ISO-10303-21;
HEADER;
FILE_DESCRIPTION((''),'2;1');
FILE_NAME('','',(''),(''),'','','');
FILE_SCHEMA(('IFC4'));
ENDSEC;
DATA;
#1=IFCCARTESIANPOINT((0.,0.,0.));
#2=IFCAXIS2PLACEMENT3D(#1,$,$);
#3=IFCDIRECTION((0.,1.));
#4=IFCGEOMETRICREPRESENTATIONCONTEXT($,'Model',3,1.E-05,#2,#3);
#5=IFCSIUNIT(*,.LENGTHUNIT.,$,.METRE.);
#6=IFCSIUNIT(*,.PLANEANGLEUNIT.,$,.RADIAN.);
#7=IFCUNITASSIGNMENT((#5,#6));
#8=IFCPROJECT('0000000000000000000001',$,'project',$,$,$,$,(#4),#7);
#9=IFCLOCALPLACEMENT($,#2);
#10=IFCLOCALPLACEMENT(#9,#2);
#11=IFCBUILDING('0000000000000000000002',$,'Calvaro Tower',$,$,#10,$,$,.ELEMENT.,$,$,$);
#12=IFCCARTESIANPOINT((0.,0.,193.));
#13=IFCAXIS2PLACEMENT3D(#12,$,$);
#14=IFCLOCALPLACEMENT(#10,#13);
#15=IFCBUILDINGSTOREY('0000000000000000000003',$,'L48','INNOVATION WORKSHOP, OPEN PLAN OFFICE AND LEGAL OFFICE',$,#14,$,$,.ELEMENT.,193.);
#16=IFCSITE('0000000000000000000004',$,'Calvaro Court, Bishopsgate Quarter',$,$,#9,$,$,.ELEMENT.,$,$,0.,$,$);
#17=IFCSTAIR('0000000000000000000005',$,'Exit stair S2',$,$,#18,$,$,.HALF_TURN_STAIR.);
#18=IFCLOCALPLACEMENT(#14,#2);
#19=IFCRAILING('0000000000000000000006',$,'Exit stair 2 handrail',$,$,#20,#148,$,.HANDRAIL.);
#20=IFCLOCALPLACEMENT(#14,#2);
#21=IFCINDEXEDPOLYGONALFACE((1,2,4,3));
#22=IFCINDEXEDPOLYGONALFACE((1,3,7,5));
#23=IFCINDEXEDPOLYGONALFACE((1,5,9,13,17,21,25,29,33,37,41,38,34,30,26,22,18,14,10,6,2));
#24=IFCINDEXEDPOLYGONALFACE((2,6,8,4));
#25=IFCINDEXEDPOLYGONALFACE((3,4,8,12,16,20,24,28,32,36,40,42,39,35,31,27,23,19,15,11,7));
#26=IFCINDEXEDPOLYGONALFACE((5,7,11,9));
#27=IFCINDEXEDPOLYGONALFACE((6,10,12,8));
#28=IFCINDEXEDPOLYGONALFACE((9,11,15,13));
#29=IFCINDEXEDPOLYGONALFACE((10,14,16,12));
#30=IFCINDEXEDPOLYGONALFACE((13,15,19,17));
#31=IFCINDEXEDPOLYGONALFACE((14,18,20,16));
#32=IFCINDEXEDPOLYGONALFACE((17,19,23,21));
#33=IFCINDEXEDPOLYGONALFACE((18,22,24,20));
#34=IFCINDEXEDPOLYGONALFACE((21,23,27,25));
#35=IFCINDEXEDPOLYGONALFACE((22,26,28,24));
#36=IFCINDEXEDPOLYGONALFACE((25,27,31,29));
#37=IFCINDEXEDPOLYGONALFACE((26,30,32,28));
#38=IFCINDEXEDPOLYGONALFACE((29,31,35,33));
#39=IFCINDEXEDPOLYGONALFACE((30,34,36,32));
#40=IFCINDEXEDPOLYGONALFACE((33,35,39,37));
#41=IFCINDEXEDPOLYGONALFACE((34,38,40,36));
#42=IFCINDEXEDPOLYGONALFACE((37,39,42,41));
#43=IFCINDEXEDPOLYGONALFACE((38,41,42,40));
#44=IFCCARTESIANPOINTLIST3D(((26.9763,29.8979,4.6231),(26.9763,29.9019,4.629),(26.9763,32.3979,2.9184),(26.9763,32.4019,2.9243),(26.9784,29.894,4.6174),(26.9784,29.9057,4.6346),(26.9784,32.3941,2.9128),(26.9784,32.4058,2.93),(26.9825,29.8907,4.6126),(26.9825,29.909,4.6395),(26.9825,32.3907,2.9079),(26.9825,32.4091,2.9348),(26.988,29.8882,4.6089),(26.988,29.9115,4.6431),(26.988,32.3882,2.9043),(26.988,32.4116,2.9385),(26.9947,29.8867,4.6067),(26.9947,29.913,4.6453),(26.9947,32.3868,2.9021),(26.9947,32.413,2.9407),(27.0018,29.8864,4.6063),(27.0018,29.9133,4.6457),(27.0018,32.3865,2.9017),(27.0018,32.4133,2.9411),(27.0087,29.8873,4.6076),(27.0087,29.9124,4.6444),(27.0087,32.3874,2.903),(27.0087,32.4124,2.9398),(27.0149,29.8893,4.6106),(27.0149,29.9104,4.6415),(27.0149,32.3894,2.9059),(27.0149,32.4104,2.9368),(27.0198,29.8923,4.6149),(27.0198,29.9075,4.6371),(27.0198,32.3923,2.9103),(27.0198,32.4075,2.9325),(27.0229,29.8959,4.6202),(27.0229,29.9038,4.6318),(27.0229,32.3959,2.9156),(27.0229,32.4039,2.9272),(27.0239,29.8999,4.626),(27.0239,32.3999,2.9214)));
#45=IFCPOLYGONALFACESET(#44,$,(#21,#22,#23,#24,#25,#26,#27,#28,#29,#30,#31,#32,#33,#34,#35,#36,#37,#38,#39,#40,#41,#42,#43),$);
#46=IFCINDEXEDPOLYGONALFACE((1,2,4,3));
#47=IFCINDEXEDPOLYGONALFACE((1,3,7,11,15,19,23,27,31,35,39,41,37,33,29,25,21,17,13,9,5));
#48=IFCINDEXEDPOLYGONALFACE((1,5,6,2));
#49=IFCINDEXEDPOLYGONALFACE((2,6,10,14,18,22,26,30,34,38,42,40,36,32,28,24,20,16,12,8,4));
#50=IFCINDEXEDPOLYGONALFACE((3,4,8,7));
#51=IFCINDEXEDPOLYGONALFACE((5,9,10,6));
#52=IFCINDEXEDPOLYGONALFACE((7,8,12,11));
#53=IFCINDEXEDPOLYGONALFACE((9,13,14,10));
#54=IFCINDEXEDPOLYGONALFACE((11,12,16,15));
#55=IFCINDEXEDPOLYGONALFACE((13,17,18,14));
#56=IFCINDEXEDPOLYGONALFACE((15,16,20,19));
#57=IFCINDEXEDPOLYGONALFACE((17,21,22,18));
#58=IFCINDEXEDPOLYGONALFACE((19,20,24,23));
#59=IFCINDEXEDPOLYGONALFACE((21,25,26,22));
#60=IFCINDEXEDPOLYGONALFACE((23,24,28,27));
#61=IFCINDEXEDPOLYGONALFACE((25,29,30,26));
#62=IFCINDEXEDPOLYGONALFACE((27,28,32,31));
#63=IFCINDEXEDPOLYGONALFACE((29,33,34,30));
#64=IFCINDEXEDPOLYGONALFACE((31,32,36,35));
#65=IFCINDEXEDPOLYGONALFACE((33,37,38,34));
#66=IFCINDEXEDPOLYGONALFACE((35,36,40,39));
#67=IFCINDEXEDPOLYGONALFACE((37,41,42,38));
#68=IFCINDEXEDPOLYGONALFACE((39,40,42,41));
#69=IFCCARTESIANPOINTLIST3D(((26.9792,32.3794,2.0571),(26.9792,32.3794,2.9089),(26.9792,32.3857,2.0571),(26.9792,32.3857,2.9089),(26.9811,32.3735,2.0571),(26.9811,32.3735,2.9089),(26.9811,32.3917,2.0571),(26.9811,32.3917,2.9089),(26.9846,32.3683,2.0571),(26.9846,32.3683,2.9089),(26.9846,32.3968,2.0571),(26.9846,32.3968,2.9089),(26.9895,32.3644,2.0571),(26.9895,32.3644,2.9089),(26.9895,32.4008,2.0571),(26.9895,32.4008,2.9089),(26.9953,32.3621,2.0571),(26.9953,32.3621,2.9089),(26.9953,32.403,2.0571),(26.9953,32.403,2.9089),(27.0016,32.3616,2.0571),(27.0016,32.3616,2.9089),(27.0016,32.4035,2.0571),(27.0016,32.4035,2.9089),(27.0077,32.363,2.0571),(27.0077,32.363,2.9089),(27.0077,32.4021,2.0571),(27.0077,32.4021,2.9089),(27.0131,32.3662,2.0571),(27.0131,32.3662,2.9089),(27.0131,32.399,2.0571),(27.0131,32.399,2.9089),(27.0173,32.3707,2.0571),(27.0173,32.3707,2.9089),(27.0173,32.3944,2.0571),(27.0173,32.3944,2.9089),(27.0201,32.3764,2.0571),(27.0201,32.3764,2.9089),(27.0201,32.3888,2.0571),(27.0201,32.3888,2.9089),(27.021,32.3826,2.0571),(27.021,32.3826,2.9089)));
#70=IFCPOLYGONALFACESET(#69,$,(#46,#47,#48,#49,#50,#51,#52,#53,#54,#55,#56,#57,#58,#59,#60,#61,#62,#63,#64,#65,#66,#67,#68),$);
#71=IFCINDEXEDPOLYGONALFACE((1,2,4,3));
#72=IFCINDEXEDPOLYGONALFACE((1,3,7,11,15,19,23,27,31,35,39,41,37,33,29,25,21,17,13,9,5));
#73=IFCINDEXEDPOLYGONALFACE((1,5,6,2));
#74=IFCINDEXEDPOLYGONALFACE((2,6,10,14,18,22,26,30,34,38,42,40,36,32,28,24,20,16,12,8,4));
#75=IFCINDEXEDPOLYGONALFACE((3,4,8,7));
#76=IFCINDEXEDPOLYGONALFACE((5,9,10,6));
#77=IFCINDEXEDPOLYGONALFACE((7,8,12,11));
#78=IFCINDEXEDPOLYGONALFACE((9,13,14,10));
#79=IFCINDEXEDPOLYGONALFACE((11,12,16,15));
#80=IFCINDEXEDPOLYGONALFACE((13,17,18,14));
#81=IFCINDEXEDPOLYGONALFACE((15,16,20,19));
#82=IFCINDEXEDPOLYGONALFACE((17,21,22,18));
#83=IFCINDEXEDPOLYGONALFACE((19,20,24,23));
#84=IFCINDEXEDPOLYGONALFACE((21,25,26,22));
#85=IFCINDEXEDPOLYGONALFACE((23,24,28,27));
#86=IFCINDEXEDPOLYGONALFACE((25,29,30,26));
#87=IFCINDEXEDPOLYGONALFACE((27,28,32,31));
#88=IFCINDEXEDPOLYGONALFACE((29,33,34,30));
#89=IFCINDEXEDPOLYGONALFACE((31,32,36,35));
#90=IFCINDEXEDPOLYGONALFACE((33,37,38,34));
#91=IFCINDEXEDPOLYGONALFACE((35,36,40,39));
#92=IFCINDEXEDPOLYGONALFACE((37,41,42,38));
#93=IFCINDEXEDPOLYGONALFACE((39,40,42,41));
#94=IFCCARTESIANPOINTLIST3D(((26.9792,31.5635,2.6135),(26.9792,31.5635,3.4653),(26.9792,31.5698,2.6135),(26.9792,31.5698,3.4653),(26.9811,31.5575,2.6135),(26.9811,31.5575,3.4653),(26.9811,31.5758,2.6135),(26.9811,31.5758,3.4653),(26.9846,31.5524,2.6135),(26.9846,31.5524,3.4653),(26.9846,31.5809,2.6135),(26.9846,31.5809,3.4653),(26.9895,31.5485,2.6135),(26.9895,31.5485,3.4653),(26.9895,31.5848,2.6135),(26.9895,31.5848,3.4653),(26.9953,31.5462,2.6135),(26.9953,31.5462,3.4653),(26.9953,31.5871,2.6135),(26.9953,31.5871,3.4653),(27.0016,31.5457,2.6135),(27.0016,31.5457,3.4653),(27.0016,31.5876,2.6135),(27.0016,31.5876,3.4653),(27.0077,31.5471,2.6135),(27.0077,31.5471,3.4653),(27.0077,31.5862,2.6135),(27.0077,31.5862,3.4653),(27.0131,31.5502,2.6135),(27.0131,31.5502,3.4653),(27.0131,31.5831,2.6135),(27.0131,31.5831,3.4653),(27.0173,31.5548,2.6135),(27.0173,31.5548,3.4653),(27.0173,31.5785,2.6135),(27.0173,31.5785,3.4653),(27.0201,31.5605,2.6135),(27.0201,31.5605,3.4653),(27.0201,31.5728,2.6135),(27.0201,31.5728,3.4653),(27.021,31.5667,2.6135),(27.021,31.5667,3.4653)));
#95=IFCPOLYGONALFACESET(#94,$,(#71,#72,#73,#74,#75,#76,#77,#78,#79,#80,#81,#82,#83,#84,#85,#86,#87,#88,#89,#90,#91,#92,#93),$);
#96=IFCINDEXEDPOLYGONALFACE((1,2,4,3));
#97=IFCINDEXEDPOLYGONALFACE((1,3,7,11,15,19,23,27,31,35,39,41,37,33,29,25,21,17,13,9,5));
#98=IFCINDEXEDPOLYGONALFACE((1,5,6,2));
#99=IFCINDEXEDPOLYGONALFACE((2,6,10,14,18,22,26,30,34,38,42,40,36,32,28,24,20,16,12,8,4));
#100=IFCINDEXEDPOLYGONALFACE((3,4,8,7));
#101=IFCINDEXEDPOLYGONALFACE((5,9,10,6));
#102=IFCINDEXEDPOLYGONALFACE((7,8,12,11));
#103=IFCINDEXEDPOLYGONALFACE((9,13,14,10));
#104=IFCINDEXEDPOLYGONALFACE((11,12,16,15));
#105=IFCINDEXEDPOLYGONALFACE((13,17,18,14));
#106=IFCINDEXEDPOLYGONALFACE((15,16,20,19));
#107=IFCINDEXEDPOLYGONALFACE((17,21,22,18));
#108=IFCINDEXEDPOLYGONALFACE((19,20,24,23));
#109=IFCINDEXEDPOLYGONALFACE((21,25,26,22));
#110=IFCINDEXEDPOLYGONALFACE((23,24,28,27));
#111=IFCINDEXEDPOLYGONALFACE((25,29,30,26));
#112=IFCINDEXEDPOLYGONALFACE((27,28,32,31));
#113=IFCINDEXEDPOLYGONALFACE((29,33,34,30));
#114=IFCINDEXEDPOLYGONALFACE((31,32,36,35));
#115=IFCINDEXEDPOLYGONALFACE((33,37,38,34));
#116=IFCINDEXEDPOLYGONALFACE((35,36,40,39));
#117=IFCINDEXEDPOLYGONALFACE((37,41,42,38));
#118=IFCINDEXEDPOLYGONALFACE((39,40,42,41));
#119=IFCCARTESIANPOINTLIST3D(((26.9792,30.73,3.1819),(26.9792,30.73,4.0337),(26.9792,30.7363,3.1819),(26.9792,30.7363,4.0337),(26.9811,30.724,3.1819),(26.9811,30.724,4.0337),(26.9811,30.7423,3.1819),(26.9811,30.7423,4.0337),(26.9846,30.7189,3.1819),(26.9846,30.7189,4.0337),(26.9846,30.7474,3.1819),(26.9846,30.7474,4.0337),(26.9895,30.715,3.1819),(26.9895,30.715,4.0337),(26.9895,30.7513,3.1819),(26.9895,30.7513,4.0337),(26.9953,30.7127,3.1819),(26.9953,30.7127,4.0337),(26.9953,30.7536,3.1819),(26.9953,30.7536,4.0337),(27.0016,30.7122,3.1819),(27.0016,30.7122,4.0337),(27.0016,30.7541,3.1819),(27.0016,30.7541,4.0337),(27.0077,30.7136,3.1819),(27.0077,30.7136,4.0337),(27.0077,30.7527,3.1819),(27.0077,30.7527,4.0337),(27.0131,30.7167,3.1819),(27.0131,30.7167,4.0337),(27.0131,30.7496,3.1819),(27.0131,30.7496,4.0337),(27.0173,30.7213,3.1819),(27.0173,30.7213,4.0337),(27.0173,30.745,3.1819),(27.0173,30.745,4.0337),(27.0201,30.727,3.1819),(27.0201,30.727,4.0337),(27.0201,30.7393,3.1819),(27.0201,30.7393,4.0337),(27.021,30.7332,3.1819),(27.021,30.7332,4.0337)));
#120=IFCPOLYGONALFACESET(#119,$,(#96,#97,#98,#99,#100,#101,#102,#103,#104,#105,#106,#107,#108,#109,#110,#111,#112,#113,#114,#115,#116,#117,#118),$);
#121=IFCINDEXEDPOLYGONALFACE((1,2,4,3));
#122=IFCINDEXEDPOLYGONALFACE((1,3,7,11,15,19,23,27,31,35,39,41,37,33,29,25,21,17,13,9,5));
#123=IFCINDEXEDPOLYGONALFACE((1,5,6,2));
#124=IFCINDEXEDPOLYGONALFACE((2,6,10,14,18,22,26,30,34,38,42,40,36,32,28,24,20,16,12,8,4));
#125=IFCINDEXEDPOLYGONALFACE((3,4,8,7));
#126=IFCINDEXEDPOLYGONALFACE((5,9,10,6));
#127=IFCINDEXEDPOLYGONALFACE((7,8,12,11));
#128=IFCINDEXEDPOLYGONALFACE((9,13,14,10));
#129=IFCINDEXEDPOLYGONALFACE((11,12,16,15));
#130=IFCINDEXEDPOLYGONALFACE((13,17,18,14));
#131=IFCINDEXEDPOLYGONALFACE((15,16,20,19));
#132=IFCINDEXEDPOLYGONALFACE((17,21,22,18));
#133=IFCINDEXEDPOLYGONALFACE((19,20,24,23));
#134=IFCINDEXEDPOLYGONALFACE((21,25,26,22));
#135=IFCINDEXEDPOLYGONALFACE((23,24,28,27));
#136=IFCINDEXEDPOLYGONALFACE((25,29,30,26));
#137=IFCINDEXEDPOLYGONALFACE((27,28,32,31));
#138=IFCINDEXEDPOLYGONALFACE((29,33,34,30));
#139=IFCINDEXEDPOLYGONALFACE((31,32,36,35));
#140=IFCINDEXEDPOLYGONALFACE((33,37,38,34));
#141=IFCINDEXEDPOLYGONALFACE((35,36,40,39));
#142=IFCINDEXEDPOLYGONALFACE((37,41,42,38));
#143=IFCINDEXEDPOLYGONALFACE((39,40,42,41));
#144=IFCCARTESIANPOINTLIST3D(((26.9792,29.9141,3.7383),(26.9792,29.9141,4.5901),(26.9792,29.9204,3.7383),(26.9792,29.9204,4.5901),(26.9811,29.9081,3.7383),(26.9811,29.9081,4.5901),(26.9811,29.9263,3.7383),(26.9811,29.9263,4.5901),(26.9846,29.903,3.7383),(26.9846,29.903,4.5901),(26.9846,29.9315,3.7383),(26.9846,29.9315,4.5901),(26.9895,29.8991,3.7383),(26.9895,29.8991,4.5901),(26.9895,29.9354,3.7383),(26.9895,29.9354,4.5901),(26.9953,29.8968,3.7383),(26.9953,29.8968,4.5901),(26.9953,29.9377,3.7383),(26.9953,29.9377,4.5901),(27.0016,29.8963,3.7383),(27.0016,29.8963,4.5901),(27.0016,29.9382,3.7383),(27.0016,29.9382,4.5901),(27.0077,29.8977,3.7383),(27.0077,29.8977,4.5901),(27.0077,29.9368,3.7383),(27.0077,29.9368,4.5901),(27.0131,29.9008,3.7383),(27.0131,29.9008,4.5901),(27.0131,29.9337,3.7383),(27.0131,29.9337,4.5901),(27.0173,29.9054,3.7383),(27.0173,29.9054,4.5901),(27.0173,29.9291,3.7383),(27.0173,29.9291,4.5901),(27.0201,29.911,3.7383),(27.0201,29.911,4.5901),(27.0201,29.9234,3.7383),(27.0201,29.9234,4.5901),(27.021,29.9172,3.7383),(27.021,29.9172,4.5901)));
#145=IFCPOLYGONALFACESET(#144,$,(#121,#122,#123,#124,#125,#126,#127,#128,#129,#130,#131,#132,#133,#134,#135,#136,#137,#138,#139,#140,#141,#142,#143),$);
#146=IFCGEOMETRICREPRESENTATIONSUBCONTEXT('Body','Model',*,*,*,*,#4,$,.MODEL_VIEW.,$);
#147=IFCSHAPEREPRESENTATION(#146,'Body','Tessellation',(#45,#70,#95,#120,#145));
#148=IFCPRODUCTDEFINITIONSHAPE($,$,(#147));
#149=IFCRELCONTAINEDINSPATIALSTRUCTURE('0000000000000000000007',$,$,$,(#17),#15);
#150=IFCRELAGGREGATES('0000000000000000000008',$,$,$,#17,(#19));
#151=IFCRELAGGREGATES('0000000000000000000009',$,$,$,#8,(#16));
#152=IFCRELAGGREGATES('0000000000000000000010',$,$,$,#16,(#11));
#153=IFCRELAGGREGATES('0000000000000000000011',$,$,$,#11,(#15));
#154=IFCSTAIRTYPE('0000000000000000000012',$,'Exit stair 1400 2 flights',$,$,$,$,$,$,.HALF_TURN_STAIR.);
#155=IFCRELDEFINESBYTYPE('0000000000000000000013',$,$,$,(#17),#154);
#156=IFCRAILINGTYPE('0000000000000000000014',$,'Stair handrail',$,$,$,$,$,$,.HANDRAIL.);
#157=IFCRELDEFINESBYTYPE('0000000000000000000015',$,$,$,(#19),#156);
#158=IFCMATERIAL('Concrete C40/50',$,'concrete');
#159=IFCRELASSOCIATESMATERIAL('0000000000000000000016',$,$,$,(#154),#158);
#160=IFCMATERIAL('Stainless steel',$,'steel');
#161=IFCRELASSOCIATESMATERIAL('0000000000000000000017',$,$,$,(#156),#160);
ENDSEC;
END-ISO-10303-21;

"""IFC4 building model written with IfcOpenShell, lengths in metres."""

from ifc_helpers import new_model, si_unit, direction, frame, origin, origin_2d, place, context, subcontext, project, spatial, circle, extrude, material, type_object, element, aggregate, save


model = new_model("IFC4")

# Units and contexts
model_context = context("Model", 3, precision=1e-05, world=origin(), true_north=direction((0.0, 1.0)))
body_context = subcontext(model_context, "Body", "Model", "MODEL_VIEW")
ifc_project = project(units=[si_unit("LENGTHUNIT", "METRE"), si_unit("PLANEANGLEUNIT", "RADIAN")], contexts=[model_context])

# Site, building, storey
site_placement = place(None, origin())
site = spatial("IfcSite", under=ifc_project, at=site_placement, Name="Calvaro Court, Bishopsgate Quarter", CompositionType="ELEMENT", RefElevation=0.0)
building_placement = place(site_placement, origin())
building = spatial("IfcBuilding", under=site, at=building_placement, Name="Calvaro Tower", CompositionType="ELEMENT")
storey_placement = place(building_placement, frame((0.0, 0.0, 193.0)))
storey = spatial("IfcBuildingStorey", under=building, at=storey_placement, Name="L48", Description="INNOVATION WORKSHOP, OPEN PLAN OFFICE AND LEGAL OFFICE", CompositionType="ELEMENT", Elevation=193.0)

# Stair, railing
ifc_material_1 = material(Name="Concrete C40/50", Category="concrete")
stair_type = type_object("IfcStairType", Name="Exit stair 1400 2 flights", PredefinedType="HALF_TURN_STAIR", material=ifc_material_1)
stair_placement = place(storey_placement, origin())
stair = element("IfcStair", 1, at=stair_placement, inside=storey, type_object=stair_type, Name="Exit stair S2", PredefinedType="HALF_TURN_STAIR")
ifc_material_2 = material(Name="Stainless steel", Category="steel")
railing_type = type_object("IfcRailingType", Name="Stair handrail", PredefinedType="HANDRAIL", material=ifc_material_2)
railing_1_placement = place(storey_placement, frame((27.0, 32.3999, 2.0454)))
railing_1 = element("IfcRailing", 2, at=railing_1_placement, type_object=railing_type, Name="Exit stair 2 handrail", PredefinedType="HANDRAIL", context=body_context, shape_type="SweptSolid", body=[
    extrude(circle(Radius=0.0239, at=origin_2d()), frame((0.0, 0.0, 0.876), z_axis=(0.0, -0.826221, 0.563347), x_axis=(1.0, 0.0, 0.0)), (0.0, 0.0, 1.0), 3.0259),
    extrude(circle(Radius=0.021, at=origin_2d()), frame((0.0, -0.0173, 0.0117)), (0.0, 0.0, 1.0), 0.8518),
    extrude(circle(Radius=0.021, at=origin_2d()), frame((0.0, -0.8333, 0.5681)), (0.0, 0.0, 1.0), 0.8518),
    extrude(circle(Radius=0.021, at=origin_2d()), frame((0.0, -1.6667, 1.1365)), (0.0, 0.0, 1.0), 0.8518),
    extrude(circle(Radius=0.021, at=origin_2d()), frame((0.0, -2.4827, 1.6929)), (0.0, 0.0, 1.0), 0.8518),
])
aggregate(stair, [railing_1])

save(model, "model.ifc")
